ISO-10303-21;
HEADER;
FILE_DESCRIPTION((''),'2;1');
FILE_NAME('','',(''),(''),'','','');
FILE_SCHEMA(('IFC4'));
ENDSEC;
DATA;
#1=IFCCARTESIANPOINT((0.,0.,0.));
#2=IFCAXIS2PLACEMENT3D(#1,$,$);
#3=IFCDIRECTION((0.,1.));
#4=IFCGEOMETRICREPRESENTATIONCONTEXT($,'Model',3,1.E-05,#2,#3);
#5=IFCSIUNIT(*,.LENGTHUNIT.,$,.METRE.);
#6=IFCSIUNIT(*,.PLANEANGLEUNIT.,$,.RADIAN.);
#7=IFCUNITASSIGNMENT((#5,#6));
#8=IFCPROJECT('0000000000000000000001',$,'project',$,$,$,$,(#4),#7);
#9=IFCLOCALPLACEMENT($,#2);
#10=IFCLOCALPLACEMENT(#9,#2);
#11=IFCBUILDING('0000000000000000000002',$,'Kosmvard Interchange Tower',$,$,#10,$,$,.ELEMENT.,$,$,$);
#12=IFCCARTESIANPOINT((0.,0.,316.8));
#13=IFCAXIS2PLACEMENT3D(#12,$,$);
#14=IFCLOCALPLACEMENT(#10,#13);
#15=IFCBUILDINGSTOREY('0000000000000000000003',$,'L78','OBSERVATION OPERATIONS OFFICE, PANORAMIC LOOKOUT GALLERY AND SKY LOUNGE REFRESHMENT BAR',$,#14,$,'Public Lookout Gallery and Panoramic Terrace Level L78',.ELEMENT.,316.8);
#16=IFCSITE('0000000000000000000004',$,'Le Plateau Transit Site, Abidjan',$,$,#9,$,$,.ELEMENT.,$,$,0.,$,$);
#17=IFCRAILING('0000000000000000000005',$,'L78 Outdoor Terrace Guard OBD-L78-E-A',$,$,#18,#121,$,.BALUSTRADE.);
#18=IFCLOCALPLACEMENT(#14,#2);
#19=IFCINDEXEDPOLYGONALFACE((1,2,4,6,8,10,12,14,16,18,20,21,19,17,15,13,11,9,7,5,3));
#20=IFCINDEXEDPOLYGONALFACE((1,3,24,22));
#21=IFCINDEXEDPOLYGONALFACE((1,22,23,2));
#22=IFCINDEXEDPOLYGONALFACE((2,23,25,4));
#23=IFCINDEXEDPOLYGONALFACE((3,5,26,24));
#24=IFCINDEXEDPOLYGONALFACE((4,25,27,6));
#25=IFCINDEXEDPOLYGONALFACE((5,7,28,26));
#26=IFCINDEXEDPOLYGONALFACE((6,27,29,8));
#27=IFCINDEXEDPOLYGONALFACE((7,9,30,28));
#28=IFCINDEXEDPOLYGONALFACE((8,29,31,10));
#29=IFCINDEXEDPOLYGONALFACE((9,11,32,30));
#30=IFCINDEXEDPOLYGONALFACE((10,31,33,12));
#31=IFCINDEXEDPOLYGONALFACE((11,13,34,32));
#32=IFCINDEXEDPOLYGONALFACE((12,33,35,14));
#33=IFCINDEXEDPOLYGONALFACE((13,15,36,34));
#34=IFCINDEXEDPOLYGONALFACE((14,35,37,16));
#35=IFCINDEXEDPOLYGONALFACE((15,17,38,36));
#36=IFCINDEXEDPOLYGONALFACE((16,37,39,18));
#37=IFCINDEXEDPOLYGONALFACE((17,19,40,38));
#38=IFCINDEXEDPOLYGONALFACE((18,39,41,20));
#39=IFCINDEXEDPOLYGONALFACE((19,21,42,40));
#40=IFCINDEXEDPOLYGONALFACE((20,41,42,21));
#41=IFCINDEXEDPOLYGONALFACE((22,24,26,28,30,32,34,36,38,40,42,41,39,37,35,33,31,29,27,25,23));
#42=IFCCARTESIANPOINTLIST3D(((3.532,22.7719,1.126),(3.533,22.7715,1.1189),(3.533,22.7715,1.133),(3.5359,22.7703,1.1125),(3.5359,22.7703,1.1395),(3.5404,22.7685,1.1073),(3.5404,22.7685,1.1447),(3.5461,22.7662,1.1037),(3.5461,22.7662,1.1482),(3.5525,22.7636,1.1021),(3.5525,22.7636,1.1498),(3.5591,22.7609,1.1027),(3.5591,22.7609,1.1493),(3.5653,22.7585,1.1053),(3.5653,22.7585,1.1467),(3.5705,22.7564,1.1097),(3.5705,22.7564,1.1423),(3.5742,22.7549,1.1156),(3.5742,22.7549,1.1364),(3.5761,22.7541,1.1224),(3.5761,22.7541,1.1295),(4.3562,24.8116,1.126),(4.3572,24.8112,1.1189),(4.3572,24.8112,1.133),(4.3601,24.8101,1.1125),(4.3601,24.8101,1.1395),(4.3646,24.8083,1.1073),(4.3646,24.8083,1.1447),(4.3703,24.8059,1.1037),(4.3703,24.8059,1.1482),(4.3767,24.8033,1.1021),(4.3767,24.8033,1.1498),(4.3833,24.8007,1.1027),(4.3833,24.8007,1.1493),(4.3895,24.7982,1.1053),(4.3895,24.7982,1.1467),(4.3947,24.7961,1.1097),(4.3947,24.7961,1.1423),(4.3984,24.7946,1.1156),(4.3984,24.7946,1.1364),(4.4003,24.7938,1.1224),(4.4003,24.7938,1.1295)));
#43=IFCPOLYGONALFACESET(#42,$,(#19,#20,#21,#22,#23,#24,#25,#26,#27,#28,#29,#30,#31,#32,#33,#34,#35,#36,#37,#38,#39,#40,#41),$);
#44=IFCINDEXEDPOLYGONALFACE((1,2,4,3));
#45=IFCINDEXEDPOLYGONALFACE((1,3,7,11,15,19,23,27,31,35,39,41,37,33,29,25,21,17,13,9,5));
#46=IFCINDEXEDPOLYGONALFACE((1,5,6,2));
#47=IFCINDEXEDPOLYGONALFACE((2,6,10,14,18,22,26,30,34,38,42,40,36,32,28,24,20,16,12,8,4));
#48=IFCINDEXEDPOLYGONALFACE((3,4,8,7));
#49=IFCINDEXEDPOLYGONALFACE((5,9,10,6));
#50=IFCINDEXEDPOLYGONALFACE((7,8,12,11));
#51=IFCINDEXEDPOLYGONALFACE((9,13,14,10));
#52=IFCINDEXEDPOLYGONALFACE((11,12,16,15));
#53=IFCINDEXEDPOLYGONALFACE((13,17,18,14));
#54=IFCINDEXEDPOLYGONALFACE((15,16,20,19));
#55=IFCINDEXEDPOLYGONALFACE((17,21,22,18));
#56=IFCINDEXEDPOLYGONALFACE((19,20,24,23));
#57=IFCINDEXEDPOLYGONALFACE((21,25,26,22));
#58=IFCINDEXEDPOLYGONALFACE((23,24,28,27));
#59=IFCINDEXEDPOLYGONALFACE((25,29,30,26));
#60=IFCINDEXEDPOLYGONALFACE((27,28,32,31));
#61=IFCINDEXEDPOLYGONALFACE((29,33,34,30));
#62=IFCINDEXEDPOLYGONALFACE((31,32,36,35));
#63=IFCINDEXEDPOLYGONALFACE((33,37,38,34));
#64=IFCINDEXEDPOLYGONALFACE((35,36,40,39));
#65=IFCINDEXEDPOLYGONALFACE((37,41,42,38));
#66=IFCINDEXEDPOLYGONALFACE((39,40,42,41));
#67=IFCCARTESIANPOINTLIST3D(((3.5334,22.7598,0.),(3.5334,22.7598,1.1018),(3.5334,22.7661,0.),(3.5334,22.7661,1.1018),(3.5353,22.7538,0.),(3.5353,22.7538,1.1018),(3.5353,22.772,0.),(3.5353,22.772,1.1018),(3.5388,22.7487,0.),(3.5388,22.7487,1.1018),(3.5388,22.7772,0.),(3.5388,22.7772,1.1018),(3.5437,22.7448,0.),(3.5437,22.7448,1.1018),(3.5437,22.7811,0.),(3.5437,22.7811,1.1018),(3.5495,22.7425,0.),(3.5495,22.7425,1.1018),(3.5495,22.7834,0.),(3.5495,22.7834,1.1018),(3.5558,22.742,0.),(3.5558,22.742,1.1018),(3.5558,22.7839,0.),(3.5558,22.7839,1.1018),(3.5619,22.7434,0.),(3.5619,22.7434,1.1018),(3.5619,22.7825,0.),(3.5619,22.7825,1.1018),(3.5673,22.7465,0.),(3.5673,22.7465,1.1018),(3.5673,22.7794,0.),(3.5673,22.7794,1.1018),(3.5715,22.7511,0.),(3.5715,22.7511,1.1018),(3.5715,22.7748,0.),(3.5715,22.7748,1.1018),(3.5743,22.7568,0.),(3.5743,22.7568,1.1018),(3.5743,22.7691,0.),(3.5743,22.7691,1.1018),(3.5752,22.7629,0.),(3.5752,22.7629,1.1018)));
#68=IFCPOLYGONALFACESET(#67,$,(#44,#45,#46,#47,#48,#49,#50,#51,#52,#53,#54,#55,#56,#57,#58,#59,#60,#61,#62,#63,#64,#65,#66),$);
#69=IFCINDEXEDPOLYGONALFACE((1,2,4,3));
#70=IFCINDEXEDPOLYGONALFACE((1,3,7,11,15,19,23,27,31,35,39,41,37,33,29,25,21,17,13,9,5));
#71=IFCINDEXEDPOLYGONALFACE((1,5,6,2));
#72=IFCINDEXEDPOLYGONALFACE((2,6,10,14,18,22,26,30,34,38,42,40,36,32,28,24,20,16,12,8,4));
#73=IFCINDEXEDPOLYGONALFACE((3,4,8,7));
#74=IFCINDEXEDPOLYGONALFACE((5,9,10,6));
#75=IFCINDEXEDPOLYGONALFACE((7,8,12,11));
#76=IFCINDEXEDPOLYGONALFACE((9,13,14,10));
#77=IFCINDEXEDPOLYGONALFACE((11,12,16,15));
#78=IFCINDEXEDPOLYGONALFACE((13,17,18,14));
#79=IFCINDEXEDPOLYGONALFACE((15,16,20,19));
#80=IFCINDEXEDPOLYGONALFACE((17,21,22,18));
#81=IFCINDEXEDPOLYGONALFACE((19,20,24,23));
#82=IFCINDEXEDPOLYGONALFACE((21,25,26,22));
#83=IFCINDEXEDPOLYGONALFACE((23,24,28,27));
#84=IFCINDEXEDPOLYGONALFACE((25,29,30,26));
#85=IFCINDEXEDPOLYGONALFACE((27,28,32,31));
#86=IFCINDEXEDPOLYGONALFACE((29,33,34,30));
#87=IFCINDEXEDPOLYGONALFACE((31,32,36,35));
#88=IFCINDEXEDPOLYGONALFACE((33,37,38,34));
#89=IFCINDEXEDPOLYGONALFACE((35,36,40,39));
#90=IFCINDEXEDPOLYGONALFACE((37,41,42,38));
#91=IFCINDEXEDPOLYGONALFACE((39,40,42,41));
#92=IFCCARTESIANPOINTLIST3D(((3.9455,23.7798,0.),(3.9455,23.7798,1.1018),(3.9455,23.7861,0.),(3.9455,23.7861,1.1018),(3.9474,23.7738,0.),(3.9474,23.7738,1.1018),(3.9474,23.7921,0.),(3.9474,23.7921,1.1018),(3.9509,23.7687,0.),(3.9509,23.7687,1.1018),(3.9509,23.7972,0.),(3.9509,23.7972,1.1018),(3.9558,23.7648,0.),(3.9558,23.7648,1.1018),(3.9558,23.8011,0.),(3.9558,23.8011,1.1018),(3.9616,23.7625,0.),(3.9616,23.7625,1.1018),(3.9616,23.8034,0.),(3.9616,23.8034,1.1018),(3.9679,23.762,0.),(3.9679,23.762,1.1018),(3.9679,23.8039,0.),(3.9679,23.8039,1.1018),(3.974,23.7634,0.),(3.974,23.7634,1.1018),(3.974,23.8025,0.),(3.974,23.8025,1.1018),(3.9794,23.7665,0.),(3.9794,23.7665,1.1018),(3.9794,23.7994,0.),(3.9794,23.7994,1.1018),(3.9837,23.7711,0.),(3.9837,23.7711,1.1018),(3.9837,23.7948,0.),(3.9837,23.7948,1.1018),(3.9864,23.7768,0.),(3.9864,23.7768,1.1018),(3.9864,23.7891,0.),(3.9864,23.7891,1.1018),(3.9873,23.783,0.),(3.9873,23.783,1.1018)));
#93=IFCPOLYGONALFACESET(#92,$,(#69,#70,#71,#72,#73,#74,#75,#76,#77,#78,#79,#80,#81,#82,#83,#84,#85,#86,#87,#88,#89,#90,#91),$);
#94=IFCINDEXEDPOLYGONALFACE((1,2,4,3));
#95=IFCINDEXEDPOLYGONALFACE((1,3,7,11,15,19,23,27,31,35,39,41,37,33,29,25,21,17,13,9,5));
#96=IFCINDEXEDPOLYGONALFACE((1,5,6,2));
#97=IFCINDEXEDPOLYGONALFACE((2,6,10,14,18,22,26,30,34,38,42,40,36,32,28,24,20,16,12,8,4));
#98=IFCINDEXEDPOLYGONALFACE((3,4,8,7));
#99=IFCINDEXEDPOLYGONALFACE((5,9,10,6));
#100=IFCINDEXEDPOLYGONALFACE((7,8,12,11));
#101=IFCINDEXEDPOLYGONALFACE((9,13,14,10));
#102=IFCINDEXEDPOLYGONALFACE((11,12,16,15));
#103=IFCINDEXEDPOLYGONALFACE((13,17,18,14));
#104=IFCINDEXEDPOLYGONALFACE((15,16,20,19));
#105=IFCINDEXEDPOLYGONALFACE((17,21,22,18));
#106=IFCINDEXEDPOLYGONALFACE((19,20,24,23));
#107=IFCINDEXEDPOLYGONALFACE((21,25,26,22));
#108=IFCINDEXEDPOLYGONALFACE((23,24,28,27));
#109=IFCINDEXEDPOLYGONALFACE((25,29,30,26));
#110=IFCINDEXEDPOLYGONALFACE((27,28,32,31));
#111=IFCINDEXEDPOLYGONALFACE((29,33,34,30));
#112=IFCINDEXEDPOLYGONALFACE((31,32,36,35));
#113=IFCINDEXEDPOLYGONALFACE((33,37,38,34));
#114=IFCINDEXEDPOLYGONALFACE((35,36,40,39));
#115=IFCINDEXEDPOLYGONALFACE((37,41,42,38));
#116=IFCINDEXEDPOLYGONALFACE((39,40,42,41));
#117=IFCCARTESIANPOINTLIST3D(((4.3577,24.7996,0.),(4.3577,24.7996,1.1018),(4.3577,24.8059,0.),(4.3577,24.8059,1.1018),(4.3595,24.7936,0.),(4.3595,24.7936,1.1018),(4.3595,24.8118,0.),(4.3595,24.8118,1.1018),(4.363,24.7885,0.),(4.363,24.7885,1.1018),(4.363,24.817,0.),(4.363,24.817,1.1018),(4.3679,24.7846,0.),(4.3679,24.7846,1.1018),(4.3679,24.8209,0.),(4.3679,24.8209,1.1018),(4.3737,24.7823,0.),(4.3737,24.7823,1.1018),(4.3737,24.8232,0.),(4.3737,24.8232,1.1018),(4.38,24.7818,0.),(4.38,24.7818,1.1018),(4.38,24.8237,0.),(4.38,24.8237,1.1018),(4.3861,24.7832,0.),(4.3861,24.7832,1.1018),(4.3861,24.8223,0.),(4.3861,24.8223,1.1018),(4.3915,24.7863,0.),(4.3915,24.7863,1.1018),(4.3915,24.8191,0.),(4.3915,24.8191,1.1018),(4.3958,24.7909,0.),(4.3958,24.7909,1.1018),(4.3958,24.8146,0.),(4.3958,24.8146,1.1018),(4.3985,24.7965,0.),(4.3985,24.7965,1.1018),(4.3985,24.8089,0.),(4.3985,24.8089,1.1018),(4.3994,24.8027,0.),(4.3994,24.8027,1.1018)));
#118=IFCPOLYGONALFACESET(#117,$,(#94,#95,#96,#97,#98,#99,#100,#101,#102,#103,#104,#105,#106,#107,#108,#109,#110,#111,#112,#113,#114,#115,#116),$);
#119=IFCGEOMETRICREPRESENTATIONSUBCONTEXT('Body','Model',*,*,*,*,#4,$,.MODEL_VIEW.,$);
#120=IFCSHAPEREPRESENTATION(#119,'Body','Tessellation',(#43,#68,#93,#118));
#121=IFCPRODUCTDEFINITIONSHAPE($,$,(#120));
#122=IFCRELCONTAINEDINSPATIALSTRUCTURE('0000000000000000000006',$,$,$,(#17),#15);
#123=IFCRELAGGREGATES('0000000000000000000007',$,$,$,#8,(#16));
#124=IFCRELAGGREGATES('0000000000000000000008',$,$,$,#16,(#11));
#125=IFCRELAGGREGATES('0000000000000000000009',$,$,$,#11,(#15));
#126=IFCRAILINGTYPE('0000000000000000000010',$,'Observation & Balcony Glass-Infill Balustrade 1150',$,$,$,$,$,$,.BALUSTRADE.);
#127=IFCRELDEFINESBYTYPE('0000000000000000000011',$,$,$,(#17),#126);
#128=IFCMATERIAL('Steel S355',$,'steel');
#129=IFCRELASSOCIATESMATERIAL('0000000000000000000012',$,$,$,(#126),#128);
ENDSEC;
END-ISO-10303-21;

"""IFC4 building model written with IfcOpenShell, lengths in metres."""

from ifc_helpers import new_model, si_unit, direction, frame, origin, origin_2d, place, context, subcontext, project, spatial, circle, extrude, source, transform, mapped, material, type_object, element, save


model = new_model("IFC4")

# Units and contexts
model_context = context("Model", 3, precision=1e-05, world=origin(), true_north=direction((0.0, 1.0)))
body_context = subcontext(model_context, "Body", "Model", "MODEL_VIEW")
ifc_project = project(units=[si_unit("LENGTHUNIT", "METRE"), si_unit("PLANEANGLEUNIT", "RADIAN")], contexts=[model_context])

# Site, building, storey
site_placement = place(None, origin())
site = spatial("IfcSite", under=ifc_project, at=site_placement, Name="Le Plateau Transit Site, Abidjan", CompositionType="ELEMENT", RefElevation=0.0)
building_placement = place(site_placement, origin())
building = spatial("IfcBuilding", under=site, at=building_placement, Name="Kosmvard Interchange Tower", CompositionType="ELEMENT")
storey_placement = place(building_placement, frame((0.0, 0.0, 316.8)))
storey = spatial("IfcBuildingStorey", under=building, at=storey_placement, Name="L78", Description="OBSERVATION OPERATIONS OFFICE, PANORAMIC LOOKOUT GALLERY AND SKY LOUNGE REFRESHMENT BAR", LongName="Public Lookout Gallery and Panoramic Terrace Level L78", CompositionType="ELEMENT", Elevation=316.8)

# Shared definitions
ifc_material_1 = material(Name="Steel S355", Category="steel")

# Railing
railing_type = type_object("IfcRailingType", Name="Observation & Balcony Glass-Infill Balustrade 1150", PredefinedType="BALUSTRADE", material=ifc_material_1)
shared_shape_1 = source(origin(), body_context, "Body", "SweptSolid", [
    extrude(circle(Radius=0.0239, at=origin_2d()), frame((0.0, 0.0, 1.126), z_axis=(0.374641, 0.92717, 0.0), x_axis=(-0.92717, 0.374641, 0.0)), (0.0, 0.0, 1.0), 2.2),
    extrude(circle(Radius=0.021, at=origin_2d()), origin(), (0.0, 0.0, 1.0), 1.1018),
    extrude(circle(Radius=0.021, at=origin_2d()), frame((0.4121, 1.02, 0.0)), (0.0, 0.0, 1.0), 1.1018),
    extrude(circle(Radius=0.021, at=origin_2d()), frame((0.8242, 2.0398, 0.0)), (0.0, 0.0, 1.0), 1.1018),
])
railing_1_placement = place(storey_placement, frame((3.5542, 22.7629, 0.0)))
element("IfcRailing", 1, at=railing_1_placement, inside=storey, type_object=railing_type, Name="L78 Outdoor Terrace Guard OBD-L78-E-A", PredefinedType="BALUSTRADE", context=body_context, shape_type="MappedRepresentation", body=[
    mapped(shared_shape_1, transform((0.0, 0.0, 0.0), scale=1.0)),
])

save(model, "model.ifc")
